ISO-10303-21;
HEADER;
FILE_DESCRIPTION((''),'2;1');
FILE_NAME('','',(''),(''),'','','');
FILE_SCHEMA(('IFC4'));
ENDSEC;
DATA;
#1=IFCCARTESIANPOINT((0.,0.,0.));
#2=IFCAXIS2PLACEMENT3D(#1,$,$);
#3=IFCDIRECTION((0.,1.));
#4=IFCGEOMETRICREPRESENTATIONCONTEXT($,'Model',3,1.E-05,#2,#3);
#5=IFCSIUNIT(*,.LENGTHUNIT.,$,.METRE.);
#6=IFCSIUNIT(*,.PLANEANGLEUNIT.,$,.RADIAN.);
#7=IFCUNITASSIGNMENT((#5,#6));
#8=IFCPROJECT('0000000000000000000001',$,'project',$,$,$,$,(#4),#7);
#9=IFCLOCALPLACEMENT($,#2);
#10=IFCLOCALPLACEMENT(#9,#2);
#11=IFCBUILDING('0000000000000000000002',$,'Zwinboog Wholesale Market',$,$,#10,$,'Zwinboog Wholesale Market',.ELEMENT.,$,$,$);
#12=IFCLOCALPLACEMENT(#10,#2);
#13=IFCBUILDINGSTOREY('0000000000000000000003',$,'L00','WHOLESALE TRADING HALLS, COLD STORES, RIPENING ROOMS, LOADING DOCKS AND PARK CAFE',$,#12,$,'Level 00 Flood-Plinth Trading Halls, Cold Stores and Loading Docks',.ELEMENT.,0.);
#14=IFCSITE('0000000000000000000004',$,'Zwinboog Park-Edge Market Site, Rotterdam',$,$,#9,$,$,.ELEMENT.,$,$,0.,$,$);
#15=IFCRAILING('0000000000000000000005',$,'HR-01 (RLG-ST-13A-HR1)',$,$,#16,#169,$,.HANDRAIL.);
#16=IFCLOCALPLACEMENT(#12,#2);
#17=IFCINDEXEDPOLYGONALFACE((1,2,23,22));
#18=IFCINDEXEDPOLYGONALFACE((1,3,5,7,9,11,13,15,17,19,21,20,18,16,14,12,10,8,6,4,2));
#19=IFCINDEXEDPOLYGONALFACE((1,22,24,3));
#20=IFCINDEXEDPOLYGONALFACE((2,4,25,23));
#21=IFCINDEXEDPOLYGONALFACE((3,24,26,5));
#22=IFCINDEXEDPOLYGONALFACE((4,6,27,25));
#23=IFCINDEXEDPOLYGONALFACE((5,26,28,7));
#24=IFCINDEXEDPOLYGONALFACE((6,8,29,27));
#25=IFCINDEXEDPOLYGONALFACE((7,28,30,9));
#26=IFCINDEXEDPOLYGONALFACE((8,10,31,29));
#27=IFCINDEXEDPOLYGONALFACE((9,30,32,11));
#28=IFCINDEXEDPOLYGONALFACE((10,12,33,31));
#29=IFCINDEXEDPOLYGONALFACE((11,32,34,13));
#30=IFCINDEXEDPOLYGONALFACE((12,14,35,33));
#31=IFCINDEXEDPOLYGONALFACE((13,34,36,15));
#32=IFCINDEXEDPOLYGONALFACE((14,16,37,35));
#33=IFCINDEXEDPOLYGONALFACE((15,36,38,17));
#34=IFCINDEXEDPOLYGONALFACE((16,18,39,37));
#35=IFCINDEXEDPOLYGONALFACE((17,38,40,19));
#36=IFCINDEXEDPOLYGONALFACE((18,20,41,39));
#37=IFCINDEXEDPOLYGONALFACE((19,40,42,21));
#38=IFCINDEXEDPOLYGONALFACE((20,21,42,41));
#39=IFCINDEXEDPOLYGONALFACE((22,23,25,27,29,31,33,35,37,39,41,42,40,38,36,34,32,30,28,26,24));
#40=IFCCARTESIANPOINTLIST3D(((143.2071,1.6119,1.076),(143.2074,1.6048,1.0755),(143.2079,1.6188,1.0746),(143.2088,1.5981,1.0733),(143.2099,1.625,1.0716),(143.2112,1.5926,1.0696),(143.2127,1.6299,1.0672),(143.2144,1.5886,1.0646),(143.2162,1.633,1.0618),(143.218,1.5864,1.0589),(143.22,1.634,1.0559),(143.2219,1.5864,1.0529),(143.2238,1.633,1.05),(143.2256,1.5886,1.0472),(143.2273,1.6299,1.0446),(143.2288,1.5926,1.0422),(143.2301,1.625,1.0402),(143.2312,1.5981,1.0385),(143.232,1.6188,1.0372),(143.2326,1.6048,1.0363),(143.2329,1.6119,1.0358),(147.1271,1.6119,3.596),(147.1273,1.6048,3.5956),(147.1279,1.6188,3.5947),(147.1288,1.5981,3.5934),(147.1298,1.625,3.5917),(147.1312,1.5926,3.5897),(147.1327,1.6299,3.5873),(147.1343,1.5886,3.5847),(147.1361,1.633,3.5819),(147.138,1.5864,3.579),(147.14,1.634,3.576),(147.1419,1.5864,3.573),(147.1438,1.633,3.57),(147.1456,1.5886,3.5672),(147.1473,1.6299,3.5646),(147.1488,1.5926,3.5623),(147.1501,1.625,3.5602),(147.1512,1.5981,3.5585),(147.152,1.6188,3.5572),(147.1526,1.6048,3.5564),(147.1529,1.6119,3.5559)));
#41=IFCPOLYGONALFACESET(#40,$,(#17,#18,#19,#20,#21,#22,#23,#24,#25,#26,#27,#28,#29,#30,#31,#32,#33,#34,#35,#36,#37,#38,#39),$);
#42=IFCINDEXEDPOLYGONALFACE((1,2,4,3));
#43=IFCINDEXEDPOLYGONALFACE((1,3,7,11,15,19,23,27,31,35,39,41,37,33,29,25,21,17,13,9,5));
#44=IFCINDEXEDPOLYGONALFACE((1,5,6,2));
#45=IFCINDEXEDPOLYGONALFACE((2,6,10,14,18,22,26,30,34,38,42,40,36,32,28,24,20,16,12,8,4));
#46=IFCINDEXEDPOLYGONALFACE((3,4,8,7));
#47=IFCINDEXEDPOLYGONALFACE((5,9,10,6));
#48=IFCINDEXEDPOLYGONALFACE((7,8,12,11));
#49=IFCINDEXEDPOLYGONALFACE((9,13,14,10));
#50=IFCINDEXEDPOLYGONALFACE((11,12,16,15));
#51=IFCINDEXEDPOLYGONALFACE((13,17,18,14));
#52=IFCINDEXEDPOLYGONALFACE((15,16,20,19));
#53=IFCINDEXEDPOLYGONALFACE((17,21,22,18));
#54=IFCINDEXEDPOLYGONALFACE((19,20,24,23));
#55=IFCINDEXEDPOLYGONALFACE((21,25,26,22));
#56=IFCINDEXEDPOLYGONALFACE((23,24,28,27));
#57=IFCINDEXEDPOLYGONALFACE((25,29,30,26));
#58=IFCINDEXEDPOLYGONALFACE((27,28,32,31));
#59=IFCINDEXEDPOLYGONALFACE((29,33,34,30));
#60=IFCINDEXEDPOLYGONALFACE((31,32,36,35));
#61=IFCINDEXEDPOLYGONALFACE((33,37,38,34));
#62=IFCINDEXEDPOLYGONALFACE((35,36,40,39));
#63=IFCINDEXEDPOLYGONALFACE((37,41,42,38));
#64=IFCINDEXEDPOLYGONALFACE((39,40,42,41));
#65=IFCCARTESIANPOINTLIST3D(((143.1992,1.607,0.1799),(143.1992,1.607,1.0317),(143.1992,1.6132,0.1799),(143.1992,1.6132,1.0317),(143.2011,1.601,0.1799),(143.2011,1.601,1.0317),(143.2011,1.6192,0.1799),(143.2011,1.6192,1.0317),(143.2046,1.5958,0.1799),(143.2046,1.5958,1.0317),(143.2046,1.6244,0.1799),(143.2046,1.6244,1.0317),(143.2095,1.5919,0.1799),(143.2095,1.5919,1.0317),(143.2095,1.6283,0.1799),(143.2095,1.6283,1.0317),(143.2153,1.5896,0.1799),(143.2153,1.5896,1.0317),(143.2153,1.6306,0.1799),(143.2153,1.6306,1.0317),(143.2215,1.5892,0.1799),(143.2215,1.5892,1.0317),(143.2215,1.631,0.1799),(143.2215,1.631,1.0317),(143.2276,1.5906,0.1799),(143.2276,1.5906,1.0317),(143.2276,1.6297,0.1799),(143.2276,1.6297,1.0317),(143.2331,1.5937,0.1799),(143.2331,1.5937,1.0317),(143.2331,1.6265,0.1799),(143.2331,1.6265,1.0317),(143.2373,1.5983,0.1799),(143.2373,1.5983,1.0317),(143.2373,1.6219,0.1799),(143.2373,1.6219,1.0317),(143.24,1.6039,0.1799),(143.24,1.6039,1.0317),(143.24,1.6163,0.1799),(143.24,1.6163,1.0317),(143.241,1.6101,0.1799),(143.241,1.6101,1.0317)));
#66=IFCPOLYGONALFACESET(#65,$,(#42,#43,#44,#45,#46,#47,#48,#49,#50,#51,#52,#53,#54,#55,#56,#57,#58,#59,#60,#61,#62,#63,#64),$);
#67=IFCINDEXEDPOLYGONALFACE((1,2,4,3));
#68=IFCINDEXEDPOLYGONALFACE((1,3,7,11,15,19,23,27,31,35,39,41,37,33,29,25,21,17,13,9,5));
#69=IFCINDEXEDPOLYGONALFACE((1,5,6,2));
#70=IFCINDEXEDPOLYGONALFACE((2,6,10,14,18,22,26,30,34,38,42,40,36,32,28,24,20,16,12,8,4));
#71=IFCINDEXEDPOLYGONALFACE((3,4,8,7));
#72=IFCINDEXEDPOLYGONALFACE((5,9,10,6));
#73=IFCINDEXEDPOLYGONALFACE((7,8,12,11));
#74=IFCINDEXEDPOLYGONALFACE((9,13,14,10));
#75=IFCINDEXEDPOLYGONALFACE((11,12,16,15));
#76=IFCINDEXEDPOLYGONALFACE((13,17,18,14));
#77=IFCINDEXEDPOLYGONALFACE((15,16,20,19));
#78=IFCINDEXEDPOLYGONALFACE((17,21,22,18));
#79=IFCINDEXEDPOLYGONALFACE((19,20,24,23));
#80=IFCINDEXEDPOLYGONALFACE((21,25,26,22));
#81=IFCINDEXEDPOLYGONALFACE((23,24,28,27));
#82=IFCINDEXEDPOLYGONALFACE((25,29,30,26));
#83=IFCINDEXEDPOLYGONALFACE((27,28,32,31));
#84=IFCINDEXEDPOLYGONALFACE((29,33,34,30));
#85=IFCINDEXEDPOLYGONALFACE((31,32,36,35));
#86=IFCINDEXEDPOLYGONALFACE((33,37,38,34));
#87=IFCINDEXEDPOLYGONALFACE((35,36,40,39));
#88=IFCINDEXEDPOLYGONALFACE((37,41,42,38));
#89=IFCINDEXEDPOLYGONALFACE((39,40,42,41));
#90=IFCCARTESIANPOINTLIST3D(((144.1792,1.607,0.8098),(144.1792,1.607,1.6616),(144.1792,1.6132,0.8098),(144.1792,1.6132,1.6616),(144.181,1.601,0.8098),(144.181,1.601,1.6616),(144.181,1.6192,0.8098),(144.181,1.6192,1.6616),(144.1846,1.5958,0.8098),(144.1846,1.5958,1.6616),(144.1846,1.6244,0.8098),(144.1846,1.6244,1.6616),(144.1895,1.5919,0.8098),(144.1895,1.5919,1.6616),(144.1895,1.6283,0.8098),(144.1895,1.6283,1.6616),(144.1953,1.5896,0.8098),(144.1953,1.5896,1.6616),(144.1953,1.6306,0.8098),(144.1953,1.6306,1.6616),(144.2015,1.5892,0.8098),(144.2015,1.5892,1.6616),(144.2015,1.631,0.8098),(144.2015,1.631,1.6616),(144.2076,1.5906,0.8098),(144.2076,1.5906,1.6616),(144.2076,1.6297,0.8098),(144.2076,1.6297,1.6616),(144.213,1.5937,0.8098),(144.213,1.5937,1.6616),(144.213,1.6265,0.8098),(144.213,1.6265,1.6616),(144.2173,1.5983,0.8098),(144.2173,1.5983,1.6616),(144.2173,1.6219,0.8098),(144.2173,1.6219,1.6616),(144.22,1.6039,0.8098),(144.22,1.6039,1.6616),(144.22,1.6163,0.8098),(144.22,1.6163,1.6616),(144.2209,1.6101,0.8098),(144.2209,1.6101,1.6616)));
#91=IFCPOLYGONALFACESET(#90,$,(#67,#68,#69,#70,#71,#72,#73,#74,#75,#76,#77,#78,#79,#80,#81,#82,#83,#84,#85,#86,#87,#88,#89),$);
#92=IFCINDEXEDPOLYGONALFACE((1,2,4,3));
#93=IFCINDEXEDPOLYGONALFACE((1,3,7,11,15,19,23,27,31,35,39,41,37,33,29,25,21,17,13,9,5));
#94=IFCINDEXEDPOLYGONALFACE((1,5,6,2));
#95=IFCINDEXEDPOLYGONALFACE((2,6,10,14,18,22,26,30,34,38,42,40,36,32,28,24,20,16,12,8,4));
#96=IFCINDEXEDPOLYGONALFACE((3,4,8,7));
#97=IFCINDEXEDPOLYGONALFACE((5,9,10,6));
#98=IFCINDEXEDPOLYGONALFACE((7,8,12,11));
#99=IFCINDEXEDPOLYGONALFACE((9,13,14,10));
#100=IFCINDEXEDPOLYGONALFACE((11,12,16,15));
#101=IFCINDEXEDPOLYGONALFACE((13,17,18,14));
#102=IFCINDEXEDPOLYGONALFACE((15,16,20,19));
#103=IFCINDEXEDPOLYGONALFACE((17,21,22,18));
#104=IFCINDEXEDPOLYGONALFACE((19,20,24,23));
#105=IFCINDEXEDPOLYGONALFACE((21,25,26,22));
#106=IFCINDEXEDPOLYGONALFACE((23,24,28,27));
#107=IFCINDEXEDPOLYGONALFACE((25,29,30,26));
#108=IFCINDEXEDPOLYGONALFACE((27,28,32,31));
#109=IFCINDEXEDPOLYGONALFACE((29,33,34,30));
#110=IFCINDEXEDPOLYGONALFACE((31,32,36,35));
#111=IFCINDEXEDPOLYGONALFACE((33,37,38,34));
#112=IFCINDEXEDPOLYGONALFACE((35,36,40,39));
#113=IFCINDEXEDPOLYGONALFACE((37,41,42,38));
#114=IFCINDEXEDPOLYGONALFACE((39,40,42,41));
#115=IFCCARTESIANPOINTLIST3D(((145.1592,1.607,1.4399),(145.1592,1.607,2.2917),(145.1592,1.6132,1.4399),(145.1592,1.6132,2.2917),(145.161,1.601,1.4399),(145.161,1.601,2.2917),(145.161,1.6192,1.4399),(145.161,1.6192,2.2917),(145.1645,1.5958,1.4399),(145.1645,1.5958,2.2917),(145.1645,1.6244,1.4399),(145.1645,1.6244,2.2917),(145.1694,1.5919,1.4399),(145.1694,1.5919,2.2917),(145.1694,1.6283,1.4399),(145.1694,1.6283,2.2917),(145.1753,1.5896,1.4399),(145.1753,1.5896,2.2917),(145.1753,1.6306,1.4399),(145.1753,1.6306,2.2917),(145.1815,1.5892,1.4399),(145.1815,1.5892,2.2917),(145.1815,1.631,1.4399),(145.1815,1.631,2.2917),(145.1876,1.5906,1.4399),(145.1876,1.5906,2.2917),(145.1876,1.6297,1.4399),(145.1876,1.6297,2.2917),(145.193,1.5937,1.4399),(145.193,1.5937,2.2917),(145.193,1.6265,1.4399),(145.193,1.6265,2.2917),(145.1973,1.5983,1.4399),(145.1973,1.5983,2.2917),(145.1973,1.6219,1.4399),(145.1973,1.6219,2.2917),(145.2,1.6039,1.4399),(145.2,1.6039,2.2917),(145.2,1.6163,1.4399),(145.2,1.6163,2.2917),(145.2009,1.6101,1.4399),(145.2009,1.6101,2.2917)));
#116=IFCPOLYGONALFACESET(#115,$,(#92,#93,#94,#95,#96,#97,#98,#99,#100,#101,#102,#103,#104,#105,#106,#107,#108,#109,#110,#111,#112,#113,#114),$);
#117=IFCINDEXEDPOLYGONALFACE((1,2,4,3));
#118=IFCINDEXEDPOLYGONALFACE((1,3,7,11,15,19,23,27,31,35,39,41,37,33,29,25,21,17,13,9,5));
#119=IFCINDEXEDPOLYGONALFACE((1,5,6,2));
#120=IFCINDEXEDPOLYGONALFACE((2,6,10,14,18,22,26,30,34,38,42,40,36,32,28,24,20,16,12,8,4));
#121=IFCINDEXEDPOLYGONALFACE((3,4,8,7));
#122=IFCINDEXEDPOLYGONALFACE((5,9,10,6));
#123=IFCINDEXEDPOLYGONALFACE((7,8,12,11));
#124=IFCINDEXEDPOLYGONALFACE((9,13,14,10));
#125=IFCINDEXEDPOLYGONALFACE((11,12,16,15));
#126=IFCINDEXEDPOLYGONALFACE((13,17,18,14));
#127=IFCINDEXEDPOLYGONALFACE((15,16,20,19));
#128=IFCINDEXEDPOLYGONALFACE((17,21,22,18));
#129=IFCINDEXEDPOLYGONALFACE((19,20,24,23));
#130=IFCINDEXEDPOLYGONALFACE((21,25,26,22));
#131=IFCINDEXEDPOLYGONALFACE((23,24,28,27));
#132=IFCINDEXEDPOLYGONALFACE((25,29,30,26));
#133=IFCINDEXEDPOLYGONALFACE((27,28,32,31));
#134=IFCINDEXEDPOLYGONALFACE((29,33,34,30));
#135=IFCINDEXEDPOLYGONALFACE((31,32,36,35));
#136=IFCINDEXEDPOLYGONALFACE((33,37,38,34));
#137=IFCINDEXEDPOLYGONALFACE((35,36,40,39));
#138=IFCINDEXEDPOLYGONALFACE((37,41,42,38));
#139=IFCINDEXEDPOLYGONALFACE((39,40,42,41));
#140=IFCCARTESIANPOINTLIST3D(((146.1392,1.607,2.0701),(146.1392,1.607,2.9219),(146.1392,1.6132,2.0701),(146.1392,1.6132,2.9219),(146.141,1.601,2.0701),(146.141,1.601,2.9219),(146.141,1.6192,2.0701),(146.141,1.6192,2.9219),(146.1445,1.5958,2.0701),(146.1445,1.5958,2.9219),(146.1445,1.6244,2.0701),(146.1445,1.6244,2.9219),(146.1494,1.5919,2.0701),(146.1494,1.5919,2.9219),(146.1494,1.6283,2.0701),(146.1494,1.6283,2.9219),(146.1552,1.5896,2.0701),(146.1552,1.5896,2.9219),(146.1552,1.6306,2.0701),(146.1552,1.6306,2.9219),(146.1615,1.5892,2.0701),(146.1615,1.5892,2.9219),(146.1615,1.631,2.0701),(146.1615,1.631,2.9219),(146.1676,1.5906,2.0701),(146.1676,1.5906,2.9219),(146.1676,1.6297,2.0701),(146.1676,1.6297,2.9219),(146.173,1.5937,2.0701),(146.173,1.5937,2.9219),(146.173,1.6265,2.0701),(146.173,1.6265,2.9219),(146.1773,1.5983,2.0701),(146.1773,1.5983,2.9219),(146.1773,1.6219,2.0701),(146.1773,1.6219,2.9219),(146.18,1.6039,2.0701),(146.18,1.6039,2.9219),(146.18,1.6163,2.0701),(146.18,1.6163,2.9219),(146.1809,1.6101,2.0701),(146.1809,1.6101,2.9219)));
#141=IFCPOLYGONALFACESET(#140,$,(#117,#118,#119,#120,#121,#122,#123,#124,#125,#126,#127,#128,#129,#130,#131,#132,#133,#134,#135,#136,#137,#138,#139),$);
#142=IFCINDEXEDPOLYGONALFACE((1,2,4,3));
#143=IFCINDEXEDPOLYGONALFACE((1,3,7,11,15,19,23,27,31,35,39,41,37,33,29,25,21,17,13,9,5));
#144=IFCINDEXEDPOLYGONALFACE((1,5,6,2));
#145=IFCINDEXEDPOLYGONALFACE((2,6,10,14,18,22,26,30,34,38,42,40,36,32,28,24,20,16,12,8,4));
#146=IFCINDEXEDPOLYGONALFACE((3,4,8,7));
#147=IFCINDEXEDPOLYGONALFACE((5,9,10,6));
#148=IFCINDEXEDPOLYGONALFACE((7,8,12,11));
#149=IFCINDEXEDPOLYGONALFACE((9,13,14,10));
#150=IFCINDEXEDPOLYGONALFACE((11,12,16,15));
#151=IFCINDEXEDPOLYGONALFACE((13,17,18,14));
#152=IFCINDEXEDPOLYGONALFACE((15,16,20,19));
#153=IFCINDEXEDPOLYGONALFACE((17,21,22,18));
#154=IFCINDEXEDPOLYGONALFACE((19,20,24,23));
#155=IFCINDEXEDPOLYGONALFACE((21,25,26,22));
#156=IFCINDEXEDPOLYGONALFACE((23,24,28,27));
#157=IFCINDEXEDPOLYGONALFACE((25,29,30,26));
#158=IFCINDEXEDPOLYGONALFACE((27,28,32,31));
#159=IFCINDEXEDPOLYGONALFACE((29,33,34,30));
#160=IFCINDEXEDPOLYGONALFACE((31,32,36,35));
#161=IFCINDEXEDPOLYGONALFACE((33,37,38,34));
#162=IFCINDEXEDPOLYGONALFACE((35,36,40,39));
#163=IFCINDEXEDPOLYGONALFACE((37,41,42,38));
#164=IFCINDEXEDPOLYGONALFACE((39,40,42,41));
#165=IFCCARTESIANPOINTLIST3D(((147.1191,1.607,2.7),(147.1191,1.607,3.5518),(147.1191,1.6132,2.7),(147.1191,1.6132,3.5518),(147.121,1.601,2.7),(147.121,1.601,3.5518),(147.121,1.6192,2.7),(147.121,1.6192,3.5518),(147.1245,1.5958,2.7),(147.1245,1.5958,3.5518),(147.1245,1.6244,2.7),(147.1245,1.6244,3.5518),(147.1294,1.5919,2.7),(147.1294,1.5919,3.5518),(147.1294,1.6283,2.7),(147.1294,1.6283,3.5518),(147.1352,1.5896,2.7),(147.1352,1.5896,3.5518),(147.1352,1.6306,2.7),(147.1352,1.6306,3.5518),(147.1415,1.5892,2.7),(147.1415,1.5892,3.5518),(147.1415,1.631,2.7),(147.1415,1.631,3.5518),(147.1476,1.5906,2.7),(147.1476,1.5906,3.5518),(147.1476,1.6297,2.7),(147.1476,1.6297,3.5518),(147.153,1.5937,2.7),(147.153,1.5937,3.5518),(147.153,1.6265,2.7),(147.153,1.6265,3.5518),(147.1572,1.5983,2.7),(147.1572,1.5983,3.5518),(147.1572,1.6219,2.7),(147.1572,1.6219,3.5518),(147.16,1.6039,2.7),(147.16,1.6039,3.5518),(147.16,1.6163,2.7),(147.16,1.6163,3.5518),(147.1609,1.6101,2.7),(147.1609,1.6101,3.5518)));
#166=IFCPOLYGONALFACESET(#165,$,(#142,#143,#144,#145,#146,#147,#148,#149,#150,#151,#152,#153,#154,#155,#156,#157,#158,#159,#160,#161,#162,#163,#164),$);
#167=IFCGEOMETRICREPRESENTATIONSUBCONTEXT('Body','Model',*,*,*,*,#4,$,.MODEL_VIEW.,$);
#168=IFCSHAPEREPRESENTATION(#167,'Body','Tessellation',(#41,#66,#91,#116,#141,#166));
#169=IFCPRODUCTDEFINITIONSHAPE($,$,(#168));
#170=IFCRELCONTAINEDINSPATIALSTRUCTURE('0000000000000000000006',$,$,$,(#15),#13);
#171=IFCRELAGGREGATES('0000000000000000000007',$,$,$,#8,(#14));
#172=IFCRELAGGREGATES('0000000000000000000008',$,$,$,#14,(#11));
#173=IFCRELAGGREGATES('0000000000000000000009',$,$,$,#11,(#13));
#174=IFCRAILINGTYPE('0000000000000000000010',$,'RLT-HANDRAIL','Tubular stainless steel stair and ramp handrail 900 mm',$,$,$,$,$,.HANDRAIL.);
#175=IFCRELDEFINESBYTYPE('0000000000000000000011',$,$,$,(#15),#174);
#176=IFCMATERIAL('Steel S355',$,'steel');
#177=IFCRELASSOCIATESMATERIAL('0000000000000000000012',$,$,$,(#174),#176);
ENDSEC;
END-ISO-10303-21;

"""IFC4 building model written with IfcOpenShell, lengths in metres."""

from ifc_helpers import new_model, si_unit, direction, frame, origin, origin_2d, place, context, subcontext, project, spatial, circle, extrude, material, type_object, element, save


model = new_model("IFC4")

# Units and contexts
model_context = context("Model", 3, precision=1e-05, world=origin(), true_north=direction((0.0, 1.0)))
body_context = subcontext(model_context, "Body", "Model", "MODEL_VIEW")
ifc_project = project(units=[si_unit("LENGTHUNIT", "METRE"), si_unit("PLANEANGLEUNIT", "RADIAN")], contexts=[model_context])

# Site, building, storey
site_placement = place(None, origin())
site = spatial("IfcSite", under=ifc_project, at=site_placement, Name="Zwinboog Park-Edge Market Site, Rotterdam", CompositionType="ELEMENT", RefElevation=0.0)
building_placement = place(site_placement, origin())
building = spatial("IfcBuilding", under=site, at=building_placement, Name="Zwinboog Wholesale Market", LongName="Zwinboog Wholesale Market", CompositionType="ELEMENT")
storey_placement = place(building_placement, origin())
storey = spatial("IfcBuildingStorey", under=building, at=storey_placement, Name="L00", Description="WHOLESALE TRADING HALLS, COLD STORES, RIPENING ROOMS, LOADING DOCKS AND PARK CAFE", LongName="Level 00 Flood-Plinth Trading Halls, Cold Stores and Loading Docks", CompositionType="ELEMENT", Elevation=0.0)

# Railing
ifc_material_1 = material(Name="Steel S355", Category="steel")
railing_type_1 = type_object("IfcRailingType", Name="RLT-HANDRAIL", Description="Tubular stainless steel stair and ramp handrail 900 mm", PredefinedType="HANDRAIL", material=ifc_material_1)
railing_1_placement = place(storey_placement, frame((143.22, 1.6101, 0.1799)))
element("IfcRailing", 1, at=railing_1_placement, inside=storey, type_object=railing_type_1, Name="HR-01 (RLG-ST-13A-HR1)", PredefinedType="HANDRAIL", context=body_context, shape_type="SweptSolid", body=[
    extrude(circle(Radius=0.0239, at=origin_2d()), frame((0.0, 0.0, 0.876), z_axis=(0.841172, 0.0, 0.540768), x_axis=(0.0, 1.0, 0.0)), (0.0, 0.0, 1.0), 4.6602),
    extrude(circle(Radius=0.021, at=origin_2d()), origin(), (0.0, 0.0, 1.0), 0.8518),
    extrude(circle(Radius=0.021, at=origin_2d()), frame((0.98, 0.0, 0.6299)), (0.0, 0.0, 1.0), 0.8518),
    extrude(circle(Radius=0.021, at=origin_2d()), frame((1.96, 0.0, 1.26)), (0.0, 0.0, 1.0), 0.8518),
    extrude(circle(Radius=0.021, at=origin_2d()), frame((2.9399, 0.0, 1.8901)), (0.0, 0.0, 1.0), 0.8518),
    extrude(circle(Radius=0.021, at=origin_2d()), frame((3.9199, 0.0, 2.52)), (0.0, 0.0, 1.0), 0.8518),
])

save(model, "model.ifc")
